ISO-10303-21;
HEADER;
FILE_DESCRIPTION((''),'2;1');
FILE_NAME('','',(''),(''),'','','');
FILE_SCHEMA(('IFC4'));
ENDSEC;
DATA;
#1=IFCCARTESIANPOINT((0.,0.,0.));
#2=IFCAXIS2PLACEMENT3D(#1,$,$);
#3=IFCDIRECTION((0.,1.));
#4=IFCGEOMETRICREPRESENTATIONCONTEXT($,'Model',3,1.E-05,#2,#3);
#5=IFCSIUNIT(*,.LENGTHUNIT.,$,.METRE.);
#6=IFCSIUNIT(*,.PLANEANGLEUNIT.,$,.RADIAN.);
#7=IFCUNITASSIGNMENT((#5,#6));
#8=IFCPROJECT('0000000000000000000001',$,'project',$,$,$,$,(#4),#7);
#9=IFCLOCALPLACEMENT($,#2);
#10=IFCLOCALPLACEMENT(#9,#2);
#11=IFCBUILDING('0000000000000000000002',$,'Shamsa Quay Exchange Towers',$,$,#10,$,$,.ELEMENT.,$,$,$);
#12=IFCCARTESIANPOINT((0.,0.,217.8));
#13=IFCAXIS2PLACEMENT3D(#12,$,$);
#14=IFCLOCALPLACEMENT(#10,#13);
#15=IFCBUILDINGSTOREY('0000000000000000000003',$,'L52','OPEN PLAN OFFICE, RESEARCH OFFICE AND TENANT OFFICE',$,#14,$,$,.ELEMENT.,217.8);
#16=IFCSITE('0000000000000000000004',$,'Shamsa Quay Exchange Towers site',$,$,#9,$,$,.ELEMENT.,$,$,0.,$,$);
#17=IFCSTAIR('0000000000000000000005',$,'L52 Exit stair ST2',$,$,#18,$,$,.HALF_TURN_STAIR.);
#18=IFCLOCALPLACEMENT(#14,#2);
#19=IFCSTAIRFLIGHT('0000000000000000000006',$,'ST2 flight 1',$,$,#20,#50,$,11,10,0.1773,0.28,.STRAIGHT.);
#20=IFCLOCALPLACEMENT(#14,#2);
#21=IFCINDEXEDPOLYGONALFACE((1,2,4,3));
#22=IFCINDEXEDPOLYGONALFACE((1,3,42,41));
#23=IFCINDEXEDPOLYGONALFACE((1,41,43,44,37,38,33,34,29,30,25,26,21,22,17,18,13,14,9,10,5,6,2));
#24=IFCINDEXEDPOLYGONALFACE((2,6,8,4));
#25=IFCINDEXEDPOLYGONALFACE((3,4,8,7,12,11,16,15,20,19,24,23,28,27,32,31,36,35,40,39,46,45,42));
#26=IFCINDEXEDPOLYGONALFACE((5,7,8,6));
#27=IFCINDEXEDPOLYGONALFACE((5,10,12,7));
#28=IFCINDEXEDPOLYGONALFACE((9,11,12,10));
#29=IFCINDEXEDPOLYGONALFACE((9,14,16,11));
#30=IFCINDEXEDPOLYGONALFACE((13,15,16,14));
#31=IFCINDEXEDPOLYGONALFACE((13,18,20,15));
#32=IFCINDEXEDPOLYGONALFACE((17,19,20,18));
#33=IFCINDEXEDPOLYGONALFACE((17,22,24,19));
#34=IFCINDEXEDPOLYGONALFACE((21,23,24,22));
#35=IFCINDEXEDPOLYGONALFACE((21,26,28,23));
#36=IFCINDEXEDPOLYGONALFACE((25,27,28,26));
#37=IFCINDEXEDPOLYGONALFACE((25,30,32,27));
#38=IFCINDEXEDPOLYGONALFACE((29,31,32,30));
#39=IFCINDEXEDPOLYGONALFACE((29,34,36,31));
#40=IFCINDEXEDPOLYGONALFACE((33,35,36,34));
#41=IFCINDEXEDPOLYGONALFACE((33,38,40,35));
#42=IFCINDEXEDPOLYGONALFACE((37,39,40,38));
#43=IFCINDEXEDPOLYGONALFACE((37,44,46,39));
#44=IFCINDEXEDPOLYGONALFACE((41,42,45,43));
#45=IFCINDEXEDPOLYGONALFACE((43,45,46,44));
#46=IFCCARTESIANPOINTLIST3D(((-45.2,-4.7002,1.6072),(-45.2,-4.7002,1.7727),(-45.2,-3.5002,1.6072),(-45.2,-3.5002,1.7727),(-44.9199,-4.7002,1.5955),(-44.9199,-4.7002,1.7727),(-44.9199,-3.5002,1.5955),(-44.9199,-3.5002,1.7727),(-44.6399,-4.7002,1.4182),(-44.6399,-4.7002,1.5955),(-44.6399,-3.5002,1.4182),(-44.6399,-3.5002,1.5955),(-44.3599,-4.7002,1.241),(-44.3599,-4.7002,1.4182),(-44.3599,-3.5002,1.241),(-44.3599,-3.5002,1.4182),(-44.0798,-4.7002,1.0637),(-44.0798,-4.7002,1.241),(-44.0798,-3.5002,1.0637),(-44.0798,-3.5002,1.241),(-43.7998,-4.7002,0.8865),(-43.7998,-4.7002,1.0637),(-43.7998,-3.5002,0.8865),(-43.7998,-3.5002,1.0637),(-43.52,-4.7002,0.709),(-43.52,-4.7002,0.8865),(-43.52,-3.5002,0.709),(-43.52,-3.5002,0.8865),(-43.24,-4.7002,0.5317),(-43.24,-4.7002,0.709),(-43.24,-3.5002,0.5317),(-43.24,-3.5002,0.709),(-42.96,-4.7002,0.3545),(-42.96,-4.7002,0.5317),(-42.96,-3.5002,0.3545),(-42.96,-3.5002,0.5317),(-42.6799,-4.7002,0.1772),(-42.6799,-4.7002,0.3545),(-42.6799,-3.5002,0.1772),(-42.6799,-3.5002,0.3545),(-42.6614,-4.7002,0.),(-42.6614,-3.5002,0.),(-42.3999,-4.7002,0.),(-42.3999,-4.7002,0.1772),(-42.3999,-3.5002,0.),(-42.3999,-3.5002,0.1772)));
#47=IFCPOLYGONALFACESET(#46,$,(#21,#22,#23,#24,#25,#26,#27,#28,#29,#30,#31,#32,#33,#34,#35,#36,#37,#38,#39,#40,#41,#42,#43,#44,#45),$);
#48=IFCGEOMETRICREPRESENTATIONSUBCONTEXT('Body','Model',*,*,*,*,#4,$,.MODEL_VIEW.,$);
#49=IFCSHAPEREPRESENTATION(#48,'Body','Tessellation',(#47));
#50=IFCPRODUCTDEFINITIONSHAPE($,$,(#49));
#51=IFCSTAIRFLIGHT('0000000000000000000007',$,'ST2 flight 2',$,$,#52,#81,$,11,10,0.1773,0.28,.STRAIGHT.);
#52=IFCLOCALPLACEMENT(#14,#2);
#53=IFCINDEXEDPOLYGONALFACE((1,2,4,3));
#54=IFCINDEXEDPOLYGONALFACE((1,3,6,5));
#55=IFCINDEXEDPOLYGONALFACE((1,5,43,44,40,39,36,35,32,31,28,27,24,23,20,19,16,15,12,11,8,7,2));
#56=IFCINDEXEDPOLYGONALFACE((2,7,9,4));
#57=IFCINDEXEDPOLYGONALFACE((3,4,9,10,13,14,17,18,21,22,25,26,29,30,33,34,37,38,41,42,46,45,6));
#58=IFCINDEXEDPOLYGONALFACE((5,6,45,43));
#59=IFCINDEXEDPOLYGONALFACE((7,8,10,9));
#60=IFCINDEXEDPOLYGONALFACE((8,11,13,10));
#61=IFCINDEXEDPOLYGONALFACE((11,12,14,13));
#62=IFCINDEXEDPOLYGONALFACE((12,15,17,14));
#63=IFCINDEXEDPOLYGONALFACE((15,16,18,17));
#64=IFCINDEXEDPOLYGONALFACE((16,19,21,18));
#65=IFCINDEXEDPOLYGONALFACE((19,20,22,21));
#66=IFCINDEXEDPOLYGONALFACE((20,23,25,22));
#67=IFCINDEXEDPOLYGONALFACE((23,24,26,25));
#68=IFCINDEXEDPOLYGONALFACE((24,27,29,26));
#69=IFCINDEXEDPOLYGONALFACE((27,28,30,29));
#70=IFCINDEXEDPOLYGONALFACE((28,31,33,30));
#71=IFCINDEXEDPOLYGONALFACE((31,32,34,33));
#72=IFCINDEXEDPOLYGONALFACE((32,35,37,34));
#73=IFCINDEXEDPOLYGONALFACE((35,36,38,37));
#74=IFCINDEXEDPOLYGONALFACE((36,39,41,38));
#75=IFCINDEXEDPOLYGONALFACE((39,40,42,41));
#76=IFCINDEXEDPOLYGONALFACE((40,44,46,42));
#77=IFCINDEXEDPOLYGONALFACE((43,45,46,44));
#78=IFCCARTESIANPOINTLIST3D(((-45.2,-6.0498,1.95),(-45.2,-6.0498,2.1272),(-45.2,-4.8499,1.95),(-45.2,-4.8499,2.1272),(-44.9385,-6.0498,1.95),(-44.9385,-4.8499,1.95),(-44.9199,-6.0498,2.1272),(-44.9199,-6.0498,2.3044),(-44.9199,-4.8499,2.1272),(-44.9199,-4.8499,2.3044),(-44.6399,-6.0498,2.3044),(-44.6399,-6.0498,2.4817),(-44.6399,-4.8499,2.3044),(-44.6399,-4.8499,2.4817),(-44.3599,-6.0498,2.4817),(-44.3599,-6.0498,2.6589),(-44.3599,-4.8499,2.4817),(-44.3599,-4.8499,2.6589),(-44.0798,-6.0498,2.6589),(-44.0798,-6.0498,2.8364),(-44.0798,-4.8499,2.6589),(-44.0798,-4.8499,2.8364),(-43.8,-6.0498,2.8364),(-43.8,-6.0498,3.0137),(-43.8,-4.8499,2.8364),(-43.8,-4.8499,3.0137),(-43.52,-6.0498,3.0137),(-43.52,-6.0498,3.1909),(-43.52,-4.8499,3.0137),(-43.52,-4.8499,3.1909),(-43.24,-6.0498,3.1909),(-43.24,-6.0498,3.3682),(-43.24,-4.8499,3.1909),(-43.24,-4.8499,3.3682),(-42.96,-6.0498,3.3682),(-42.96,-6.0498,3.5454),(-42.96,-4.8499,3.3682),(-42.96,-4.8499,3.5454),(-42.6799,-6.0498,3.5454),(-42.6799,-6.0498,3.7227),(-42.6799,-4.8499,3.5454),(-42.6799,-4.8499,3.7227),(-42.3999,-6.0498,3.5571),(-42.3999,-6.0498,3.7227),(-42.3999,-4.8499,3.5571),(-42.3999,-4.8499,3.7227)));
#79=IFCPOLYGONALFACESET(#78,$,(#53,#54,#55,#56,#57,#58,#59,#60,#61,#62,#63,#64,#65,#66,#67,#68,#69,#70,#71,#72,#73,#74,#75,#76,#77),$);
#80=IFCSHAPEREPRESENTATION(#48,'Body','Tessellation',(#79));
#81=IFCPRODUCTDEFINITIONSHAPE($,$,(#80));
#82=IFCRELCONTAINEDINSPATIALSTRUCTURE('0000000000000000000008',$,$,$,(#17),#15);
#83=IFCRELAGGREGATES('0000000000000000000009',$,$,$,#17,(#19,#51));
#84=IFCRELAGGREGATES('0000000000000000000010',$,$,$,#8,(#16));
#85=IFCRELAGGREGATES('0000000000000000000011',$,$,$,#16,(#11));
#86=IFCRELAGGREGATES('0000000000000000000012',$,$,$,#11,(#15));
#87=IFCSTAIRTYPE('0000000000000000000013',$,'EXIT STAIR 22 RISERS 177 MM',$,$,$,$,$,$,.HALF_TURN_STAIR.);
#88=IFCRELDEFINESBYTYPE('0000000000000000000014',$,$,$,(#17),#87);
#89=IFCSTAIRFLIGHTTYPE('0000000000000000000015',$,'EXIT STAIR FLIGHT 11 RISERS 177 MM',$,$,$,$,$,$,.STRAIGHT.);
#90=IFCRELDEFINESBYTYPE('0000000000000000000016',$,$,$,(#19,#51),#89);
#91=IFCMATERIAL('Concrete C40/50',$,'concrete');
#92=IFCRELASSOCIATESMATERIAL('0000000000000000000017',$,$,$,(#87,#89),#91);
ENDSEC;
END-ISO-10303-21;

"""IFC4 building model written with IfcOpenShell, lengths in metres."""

from ifc_helpers import new_model, si_unit, direction, frame, origin, place, context, subcontext, project, spatial, polyline, outline, extrude, material, type_object, element, aggregate, save


model = new_model("IFC4")

# Units and contexts
model_context = context("Model", 3, precision=1e-05, world=origin(), true_north=direction((0.0, 1.0)))
body_context = subcontext(model_context, "Body", "Model", "MODEL_VIEW")
ifc_project = project(units=[si_unit("LENGTHUNIT", "METRE"), si_unit("PLANEANGLEUNIT", "RADIAN")], contexts=[model_context])

# Site, building, storey
site_placement = place(None, origin())
site = spatial("IfcSite", under=ifc_project, at=site_placement, Name="Shamsa Quay Exchange Towers site", CompositionType="ELEMENT", RefElevation=0.0)
building_placement = place(site_placement, origin())
building = spatial("IfcBuilding", under=site, at=building_placement, Name="Shamsa Quay Exchange Towers", CompositionType="ELEMENT")
storey_placement = place(building_placement, frame((0.0, 0.0, 217.8)))
storey = spatial("IfcBuildingStorey", under=building, at=storey_placement, Name="L52", Description="OPEN PLAN OFFICE, RESEARCH OFFICE AND TENANT OFFICE", CompositionType="ELEMENT", Elevation=217.8)

# Stair, stair flights
ifc_material_1 = material(Name="Concrete C40/50", Category="concrete")
stair_type = type_object("IfcStairType", Name="EXIT STAIR 22 RISERS 177 MM", PredefinedType="HALF_TURN_STAIR", material=ifc_material_1)
stair_placement = place(storey_placement, origin())
stair = element("IfcStair", 1, at=stair_placement, inside=storey, type_object=stair_type, Name="L52 Exit stair ST2", PredefinedType="HALF_TURN_STAIR")
stair_flight_type = type_object("IfcStairFlightType", Name="EXIT STAIR FLIGHT 11 RISERS 177 MM", PredefinedType="STRAIGHT", material=ifc_material_1)
stair_flight_1_placement = place(storey_placement, frame((-42.3999, -4.1001, 0.0), z_axis=(0.0, 0.0, 1.0), x_axis=(-1.0, 0.0, 0.0)))
stair_flight_1 = element("IfcStairFlight", 2, at=stair_flight_1_placement, type_object=stair_flight_type, Name="ST2 flight 1", NumberOfRisers=11, NumberOfTreads=10, PredefinedType="STRAIGHT", RiserHeight=0.1773, TreadLength=0.28, context=body_context, shape_type="SweptSolid", body=[
    extrude(outline(polyline([(0.0, 0.0), (0.0, 0.1772), (0.28, 0.1772), (0.28, 0.3545), (0.5601, 0.3545), (0.5601, 0.5317), (0.8401, 0.5317), (0.8401, 0.709), (1.1201, 0.709), (1.1201, 0.8865), (1.3999, 0.8865), (1.3999, 1.0637), (1.6799, 1.0637), (1.6799, 1.241), (1.96, 1.241), (1.96, 1.4182), (2.24, 1.4182), (2.24, 1.5955), (2.52, 1.5955), (2.52, 1.7727), (2.8, 1.7727), (2.8, 1.95), (2.8, 1.6072), (0.2615, 0.0), (0.0, 0.0)])), frame((0.0, 0.6001, 0.0), z_axis=(0.0, -1.0, 0.0), x_axis=(1.0, 0.0, 0.0)), (0.0, 0.0, 1.0), 1.2),
])
stair_flight_2_placement = place(storey_placement, frame((-45.2, -5.45, 1.95)))
stair_flight_2 = element("IfcStairFlight", 3, at=stair_flight_2_placement, type_object=stair_flight_type, Name="ST2 flight 2", NumberOfRisers=11, NumberOfTreads=10, PredefinedType="STRAIGHT", RiserHeight=0.1773, TreadLength=0.28, context=body_context, shape_type="SweptSolid", body=[
    extrude(outline(polyline([(0.0, 0.0), (0.0, 0.1772), (0.28, 0.1772), (0.28, 0.3545), (0.5601, 0.3545), (0.5601, 0.5317), (0.8401, 0.5317), (0.8401, 0.709), (1.1201, 0.709), (1.1201, 0.8865), (1.3999, 0.8865), (1.3999, 1.0637), (1.6799, 1.0637), (1.6799, 1.241), (1.96, 1.241), (1.96, 1.4182), (2.24, 1.4182), (2.24, 1.5955), (2.52, 1.5955), (2.52, 1.7727), (2.8, 1.7727), (2.8, 1.95), (2.8, 1.6072), (0.2615, 0.0), (0.0, 0.0)])), frame((0.0, 0.6001, 0.0), z_axis=(0.0, -1.0, 0.0), x_axis=(1.0, 0.0, 0.0)), (0.0, 0.0, 1.0), 1.2),
])
aggregate(stair, [stair_flight_1, stair_flight_2])

save(model, "model.ifc")
